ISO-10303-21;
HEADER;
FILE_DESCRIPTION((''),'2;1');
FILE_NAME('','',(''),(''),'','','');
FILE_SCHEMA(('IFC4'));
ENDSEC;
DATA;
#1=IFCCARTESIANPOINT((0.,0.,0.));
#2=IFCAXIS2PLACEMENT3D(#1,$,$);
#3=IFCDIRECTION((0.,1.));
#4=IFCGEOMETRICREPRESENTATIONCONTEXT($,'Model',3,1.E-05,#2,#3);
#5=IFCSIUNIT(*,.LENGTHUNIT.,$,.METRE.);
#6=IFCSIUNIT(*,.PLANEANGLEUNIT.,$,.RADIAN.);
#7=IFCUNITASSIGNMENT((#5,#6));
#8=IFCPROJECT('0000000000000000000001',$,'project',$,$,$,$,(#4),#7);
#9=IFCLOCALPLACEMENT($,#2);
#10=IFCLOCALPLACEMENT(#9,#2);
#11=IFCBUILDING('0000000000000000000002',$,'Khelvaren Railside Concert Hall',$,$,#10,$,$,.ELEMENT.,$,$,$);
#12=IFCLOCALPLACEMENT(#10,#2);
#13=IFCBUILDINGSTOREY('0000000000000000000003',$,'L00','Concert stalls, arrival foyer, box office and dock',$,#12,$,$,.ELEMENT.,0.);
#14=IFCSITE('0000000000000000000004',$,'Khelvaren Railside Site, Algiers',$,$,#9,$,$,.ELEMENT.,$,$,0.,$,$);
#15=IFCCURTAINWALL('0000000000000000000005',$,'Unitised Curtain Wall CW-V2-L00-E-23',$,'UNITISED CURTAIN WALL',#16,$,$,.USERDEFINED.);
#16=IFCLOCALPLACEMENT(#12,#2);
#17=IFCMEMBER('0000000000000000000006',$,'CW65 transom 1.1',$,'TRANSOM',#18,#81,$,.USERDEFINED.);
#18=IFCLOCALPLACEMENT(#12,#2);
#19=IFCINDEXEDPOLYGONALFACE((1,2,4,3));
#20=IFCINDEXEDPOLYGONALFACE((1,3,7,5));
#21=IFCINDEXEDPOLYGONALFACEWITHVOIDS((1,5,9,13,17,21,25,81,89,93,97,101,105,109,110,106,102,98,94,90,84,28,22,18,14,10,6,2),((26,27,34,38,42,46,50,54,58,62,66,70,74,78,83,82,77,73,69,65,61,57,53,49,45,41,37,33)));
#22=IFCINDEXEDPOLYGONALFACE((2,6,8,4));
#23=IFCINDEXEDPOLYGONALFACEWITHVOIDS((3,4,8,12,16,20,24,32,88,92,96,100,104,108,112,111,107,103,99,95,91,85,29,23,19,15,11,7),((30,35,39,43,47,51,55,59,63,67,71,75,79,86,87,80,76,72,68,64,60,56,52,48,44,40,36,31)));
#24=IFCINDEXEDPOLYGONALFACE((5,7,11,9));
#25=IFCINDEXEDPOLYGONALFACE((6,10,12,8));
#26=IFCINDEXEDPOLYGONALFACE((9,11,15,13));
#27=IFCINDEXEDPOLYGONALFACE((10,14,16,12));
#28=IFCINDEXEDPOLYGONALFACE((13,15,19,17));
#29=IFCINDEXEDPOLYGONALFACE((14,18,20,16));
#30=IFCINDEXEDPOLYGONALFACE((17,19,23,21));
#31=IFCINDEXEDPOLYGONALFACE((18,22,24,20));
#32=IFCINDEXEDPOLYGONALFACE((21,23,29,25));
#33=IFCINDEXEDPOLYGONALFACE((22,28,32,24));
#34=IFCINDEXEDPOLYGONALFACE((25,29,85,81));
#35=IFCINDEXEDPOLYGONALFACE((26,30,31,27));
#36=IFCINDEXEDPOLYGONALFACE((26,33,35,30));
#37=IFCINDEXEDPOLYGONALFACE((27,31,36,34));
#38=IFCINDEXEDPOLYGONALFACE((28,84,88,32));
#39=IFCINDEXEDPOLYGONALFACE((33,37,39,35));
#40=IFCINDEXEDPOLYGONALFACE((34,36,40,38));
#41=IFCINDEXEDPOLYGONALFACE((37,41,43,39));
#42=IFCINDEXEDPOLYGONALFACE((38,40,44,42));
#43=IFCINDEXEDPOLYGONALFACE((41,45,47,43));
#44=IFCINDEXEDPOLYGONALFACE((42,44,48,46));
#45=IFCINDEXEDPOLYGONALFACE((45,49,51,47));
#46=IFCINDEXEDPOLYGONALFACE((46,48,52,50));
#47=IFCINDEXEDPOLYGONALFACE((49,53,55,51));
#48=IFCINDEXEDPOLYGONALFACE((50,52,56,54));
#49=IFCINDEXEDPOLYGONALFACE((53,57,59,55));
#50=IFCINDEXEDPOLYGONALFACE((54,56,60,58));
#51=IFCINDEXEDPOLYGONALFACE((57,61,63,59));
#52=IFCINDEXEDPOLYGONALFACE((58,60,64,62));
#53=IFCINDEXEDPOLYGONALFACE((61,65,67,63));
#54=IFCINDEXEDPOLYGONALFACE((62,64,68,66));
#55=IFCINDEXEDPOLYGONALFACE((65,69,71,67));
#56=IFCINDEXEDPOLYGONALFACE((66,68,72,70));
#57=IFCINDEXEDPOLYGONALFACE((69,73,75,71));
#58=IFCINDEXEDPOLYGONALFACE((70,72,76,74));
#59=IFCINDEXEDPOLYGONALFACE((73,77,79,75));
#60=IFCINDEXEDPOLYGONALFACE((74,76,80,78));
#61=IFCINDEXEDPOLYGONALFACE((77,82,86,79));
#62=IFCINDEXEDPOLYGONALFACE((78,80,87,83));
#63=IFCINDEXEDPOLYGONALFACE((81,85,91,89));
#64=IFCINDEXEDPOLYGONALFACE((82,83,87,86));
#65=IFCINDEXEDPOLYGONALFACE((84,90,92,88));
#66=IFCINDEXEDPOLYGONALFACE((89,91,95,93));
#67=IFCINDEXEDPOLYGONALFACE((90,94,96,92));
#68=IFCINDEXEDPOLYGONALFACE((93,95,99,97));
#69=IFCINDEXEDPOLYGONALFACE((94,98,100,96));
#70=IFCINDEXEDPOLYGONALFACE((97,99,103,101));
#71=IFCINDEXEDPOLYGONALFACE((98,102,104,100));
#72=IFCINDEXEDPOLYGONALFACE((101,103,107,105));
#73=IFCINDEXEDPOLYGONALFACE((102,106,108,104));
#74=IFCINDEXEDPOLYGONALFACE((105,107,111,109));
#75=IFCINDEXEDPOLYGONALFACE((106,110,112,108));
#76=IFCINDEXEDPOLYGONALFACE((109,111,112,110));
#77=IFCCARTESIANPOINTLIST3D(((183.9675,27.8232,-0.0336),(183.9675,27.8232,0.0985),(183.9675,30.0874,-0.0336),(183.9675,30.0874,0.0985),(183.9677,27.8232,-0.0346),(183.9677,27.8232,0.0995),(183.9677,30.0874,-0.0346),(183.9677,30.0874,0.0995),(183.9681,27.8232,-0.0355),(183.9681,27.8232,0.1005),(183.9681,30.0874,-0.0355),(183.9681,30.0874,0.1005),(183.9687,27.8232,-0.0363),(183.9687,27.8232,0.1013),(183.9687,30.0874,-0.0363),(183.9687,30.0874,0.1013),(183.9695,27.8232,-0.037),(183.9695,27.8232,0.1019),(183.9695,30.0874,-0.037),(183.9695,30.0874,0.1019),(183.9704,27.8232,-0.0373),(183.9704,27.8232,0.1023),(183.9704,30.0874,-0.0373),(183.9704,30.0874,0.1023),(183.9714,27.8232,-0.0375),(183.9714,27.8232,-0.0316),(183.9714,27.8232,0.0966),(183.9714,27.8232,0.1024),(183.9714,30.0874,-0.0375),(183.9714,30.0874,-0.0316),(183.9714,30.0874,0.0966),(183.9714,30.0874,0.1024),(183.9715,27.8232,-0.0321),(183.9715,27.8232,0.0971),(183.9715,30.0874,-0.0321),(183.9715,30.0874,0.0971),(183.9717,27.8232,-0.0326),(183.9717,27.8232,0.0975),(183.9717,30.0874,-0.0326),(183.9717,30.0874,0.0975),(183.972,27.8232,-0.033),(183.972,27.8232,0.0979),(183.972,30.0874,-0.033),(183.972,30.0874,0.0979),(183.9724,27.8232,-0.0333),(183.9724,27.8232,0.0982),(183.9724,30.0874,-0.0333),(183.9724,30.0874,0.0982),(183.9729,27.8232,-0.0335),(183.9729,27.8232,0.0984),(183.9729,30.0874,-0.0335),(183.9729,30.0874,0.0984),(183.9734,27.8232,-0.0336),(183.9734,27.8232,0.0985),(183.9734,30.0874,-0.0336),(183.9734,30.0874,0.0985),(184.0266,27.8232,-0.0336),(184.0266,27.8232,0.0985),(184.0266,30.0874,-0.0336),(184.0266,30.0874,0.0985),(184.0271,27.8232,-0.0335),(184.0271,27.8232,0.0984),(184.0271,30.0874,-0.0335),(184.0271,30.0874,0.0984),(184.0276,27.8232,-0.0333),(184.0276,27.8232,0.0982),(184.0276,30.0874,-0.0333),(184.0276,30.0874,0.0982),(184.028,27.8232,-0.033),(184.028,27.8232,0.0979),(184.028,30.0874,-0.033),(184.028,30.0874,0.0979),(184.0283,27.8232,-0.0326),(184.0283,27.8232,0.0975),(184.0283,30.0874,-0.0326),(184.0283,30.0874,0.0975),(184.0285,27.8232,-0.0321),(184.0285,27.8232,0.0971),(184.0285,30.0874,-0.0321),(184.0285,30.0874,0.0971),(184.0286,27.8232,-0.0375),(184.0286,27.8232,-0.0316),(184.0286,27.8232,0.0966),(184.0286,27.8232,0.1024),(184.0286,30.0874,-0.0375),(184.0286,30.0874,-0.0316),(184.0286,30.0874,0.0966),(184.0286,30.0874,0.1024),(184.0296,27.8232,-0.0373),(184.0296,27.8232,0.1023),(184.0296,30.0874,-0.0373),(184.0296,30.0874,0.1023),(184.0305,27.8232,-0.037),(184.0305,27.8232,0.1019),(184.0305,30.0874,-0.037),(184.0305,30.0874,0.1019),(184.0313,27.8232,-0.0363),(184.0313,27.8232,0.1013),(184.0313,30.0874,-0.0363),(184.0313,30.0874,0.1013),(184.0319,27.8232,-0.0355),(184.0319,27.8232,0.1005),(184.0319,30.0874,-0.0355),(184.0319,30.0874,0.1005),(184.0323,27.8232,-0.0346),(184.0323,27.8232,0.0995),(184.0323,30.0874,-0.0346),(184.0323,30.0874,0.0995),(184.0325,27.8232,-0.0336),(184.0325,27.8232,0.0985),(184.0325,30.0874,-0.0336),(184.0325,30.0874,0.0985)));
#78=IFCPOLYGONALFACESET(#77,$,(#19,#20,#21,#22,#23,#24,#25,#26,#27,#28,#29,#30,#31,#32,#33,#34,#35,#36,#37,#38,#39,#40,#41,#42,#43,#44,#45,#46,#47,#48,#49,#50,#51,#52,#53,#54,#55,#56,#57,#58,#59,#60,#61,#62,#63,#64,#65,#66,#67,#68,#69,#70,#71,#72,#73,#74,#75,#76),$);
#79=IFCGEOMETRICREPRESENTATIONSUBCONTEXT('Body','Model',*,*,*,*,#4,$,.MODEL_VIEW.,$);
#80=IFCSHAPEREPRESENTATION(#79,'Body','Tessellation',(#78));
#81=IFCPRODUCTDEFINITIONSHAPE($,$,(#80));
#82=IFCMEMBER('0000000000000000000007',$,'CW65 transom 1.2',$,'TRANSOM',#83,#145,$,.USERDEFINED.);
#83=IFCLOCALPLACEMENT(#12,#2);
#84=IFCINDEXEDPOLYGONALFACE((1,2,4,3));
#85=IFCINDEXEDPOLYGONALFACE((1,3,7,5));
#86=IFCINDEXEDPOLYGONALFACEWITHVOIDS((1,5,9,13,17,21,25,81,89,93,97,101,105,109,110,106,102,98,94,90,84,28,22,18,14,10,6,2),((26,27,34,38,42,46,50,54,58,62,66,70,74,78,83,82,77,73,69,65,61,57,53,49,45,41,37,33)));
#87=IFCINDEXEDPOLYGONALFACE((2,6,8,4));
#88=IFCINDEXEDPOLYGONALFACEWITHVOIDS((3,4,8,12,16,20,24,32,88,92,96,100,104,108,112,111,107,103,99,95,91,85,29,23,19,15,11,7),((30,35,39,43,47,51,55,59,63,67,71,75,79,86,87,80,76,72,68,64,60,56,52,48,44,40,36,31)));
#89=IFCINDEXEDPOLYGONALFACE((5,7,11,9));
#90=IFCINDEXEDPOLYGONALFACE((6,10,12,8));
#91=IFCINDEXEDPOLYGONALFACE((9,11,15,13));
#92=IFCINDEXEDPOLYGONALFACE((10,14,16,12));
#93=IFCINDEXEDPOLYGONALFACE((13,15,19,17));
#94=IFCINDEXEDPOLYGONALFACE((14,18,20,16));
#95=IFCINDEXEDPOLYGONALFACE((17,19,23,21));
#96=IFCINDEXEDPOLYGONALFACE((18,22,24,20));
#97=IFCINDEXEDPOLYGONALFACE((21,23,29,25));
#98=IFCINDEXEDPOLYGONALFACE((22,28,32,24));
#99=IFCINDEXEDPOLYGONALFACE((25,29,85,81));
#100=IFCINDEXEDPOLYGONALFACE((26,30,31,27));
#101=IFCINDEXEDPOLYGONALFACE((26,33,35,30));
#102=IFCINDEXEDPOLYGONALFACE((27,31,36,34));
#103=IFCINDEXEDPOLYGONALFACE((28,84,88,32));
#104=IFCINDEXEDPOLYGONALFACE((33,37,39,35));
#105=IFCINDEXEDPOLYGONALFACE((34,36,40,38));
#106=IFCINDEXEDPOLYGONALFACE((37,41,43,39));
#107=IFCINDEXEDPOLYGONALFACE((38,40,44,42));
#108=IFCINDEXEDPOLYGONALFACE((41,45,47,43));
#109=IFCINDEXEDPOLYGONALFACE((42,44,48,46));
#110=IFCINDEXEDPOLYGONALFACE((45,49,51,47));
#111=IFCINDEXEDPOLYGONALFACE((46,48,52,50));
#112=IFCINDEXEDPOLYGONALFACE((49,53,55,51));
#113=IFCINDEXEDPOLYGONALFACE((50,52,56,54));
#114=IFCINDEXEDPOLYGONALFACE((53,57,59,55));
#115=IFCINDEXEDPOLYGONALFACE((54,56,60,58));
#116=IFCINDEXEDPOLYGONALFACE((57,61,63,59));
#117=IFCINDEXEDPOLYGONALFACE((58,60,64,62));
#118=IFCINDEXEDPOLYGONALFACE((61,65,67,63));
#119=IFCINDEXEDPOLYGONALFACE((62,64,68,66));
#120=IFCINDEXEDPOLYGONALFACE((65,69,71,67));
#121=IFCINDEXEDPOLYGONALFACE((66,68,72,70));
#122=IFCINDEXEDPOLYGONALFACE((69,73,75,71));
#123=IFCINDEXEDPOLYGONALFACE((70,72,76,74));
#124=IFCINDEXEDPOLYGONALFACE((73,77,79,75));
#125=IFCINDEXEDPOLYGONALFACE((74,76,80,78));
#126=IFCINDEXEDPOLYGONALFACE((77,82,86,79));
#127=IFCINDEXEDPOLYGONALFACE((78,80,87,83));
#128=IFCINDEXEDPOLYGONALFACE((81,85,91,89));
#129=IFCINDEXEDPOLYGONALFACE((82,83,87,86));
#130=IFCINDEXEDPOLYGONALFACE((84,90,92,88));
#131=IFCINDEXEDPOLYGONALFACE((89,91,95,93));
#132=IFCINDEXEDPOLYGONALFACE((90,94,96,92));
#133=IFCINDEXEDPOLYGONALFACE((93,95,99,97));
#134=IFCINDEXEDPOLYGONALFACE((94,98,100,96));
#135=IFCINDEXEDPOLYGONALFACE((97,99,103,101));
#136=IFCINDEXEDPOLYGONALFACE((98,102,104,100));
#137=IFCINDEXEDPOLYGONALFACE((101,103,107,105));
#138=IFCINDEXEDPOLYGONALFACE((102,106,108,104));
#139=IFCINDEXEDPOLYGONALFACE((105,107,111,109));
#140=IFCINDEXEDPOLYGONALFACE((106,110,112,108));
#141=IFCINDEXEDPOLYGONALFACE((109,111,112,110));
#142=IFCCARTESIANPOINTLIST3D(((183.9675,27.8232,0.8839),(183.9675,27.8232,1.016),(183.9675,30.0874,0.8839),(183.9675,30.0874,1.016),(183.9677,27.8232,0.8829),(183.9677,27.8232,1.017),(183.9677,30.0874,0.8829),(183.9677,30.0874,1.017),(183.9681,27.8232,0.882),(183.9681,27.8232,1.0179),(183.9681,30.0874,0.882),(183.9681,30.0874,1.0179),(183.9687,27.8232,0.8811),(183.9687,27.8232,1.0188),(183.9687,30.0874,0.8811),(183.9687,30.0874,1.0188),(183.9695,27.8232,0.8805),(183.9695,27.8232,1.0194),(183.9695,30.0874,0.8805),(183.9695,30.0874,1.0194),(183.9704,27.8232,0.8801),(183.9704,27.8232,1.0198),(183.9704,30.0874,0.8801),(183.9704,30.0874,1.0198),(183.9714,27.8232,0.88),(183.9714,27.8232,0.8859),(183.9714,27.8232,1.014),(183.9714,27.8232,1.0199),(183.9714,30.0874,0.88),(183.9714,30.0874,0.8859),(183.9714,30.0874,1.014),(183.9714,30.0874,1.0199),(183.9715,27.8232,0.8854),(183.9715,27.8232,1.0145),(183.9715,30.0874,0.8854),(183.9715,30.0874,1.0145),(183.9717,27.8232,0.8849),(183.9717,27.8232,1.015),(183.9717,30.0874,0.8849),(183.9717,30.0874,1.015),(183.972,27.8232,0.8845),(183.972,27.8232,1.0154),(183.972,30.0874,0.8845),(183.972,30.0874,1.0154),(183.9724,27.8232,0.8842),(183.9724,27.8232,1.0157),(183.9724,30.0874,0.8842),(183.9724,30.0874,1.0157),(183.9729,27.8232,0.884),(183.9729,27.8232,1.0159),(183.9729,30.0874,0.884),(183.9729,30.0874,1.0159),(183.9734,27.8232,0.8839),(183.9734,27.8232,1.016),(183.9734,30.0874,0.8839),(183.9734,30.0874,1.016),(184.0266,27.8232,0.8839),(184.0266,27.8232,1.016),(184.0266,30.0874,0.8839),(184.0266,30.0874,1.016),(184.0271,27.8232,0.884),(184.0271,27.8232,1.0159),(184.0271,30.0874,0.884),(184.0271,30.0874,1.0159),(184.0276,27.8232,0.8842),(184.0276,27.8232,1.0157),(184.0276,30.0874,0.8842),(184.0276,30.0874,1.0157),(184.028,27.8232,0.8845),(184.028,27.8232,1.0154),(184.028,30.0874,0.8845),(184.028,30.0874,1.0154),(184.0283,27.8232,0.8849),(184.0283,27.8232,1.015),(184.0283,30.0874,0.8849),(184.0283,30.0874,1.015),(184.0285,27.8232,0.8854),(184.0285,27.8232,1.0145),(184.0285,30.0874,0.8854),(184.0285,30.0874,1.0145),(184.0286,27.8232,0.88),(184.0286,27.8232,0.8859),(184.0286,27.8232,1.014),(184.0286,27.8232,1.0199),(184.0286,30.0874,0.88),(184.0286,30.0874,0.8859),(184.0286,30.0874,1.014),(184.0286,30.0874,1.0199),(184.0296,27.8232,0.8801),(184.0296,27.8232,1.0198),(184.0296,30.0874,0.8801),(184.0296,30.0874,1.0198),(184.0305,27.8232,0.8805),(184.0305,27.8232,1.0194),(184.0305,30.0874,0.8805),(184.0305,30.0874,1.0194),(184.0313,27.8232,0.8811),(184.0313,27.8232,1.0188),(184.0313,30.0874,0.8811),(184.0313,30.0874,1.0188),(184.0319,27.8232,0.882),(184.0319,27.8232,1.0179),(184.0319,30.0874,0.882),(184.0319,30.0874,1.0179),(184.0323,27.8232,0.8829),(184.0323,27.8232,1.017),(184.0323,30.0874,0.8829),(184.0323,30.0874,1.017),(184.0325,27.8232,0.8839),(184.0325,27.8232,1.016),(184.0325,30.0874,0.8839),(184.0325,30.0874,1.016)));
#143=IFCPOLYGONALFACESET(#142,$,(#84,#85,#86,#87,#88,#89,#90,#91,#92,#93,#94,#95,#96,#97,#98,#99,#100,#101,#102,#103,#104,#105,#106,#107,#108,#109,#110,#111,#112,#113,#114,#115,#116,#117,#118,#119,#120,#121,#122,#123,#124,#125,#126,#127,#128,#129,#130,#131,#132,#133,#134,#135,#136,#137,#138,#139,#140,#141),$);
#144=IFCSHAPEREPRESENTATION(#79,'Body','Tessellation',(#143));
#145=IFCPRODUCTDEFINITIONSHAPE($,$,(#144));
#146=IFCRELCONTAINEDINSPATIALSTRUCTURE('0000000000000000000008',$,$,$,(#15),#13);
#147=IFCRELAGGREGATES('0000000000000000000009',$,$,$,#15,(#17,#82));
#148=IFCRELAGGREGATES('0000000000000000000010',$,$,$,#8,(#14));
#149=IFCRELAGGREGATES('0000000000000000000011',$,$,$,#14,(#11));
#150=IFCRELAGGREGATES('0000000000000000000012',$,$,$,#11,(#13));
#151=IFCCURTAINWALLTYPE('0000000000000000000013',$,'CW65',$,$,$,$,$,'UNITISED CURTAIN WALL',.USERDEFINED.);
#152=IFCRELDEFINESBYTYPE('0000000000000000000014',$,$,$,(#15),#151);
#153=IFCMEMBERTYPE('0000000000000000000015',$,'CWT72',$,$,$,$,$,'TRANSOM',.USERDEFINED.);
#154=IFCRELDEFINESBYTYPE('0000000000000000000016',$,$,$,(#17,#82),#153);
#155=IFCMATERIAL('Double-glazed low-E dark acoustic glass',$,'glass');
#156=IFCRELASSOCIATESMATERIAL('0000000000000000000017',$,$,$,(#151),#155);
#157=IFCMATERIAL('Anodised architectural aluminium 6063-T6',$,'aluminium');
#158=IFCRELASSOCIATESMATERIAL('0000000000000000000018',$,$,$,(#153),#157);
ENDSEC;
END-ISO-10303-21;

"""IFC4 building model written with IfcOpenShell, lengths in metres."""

from ifc_helpers import new_model, si_unit, direction, frame, origin, origin_2d, place, context, subcontext, project, spatial, hollow_rectangle, extrude, material, material_profile, profile_set, type_object, element, aggregate, save


model = new_model("IFC4")

# Units and contexts
model_context = context("Model", 3, precision=1e-05, world=origin(), true_north=direction((0.0, 1.0)))
body_context = subcontext(model_context, "Body", "Model", "MODEL_VIEW")
ifc_project = project(units=[si_unit("LENGTHUNIT", "METRE"), si_unit("PLANEANGLEUNIT", "RADIAN")], contexts=[model_context])

# Site, building, storey
site_placement = place(None, origin())
site = spatial("IfcSite", under=ifc_project, at=site_placement, Name="Khelvaren Railside Site, Algiers", CompositionType="ELEMENT", RefElevation=0.0)
building_placement = place(site_placement, origin())
building = spatial("IfcBuilding", under=site, at=building_placement, Name="Khelvaren Railside Concert Hall", CompositionType="ELEMENT")
storey_placement = place(building_placement, origin())
storey = spatial("IfcBuildingStorey", under=building, at=storey_placement, Name="L00", Description="Concert stalls, arrival foyer, box office and dock", CompositionType="ELEMENT", Elevation=0.0)

# Curtain wall, members
ifc_material_1 = material(Name="Anodised architectural aluminium 6063-T6", Category="aluminium")
ifc_material_2 = material(Name="Double-glazed low-E dark acoustic glass", Category="glass")
curtain_wall_type_1 = type_object("IfcCurtainWallType", Name="CW65", ElementType="UNITISED CURTAIN WALL", PredefinedType="USERDEFINED", material=ifc_material_2)
curtain_wall_1_placement = place(storey_placement, origin())
curtain_wall_1 = element("IfcCurtainWall", 1, at=curtain_wall_1_placement, inside=storey, type_object=curtain_wall_type_1, Name="Unitised Curtain Wall CW-V2-L00-E-23", ObjectType="UNITISED CURTAIN WALL", PredefinedType="USERDEFINED")
ifc_material_profile_1 = material_profile(ifc_material_1, hollow_rectangle(XDim=0.0649, YDim=0.1399, WallThickness=0.0039, InnerFilletRadius=0.002, OuterFilletRadius=0.0039, at=origin_2d()), Name="CWT 65x140x4")
ifc_profile_set_1 = profile_set([ifc_material_profile_1], Name="Anodised architectural aluminium 6063-T6")
member_type_1 = type_object("IfcMemberType", Name="CWT72", ElementType="TRANSOM", PredefinedType="USERDEFINED", material=ifc_profile_set_1)
member_1_placement = place(storey_placement, frame((184.0, 30.0874, 0.0325), z_axis=(0.0, -1.0, 0.0), x_axis=(1.0, 0.0, 0.0)))
member_1 = element("IfcMember", 2, at=member_1_placement, type_object=member_type_1, Name="CW65 transom 1.1", ObjectType="TRANSOM", PredefinedType="USERDEFINED", context=body_context, shape_type="SweptSolid", body=[
    extrude(hollow_rectangle(XDim=0.0649, YDim=0.1399, WallThickness=0.0039, InnerFilletRadius=0.002, OuterFilletRadius=0.0039, at=origin_2d()), origin(), (0.0, 0.0, 1.0), 2.2642),
])
member_2_placement = place(storey_placement, frame((184.0, 30.0874, 0.95), z_axis=(0.0, -1.0, 0.0), x_axis=(1.0, 0.0, 0.0)))
member_2 = element("IfcMember", 3, at=member_2_placement, type_object=member_type_1, Name="CW65 transom 1.2", ObjectType="TRANSOM", PredefinedType="USERDEFINED", context=body_context, shape_type="SweptSolid", body=[
    extrude(hollow_rectangle(XDim=0.0649, YDim=0.1399, WallThickness=0.0039, InnerFilletRadius=0.002, OuterFilletRadius=0.0039, at=origin_2d()), origin(), (0.0, 0.0, 1.0), 2.2642),
])

aggregate(curtain_wall_1, [member_1, member_2])

save(model, "model.ifc")
